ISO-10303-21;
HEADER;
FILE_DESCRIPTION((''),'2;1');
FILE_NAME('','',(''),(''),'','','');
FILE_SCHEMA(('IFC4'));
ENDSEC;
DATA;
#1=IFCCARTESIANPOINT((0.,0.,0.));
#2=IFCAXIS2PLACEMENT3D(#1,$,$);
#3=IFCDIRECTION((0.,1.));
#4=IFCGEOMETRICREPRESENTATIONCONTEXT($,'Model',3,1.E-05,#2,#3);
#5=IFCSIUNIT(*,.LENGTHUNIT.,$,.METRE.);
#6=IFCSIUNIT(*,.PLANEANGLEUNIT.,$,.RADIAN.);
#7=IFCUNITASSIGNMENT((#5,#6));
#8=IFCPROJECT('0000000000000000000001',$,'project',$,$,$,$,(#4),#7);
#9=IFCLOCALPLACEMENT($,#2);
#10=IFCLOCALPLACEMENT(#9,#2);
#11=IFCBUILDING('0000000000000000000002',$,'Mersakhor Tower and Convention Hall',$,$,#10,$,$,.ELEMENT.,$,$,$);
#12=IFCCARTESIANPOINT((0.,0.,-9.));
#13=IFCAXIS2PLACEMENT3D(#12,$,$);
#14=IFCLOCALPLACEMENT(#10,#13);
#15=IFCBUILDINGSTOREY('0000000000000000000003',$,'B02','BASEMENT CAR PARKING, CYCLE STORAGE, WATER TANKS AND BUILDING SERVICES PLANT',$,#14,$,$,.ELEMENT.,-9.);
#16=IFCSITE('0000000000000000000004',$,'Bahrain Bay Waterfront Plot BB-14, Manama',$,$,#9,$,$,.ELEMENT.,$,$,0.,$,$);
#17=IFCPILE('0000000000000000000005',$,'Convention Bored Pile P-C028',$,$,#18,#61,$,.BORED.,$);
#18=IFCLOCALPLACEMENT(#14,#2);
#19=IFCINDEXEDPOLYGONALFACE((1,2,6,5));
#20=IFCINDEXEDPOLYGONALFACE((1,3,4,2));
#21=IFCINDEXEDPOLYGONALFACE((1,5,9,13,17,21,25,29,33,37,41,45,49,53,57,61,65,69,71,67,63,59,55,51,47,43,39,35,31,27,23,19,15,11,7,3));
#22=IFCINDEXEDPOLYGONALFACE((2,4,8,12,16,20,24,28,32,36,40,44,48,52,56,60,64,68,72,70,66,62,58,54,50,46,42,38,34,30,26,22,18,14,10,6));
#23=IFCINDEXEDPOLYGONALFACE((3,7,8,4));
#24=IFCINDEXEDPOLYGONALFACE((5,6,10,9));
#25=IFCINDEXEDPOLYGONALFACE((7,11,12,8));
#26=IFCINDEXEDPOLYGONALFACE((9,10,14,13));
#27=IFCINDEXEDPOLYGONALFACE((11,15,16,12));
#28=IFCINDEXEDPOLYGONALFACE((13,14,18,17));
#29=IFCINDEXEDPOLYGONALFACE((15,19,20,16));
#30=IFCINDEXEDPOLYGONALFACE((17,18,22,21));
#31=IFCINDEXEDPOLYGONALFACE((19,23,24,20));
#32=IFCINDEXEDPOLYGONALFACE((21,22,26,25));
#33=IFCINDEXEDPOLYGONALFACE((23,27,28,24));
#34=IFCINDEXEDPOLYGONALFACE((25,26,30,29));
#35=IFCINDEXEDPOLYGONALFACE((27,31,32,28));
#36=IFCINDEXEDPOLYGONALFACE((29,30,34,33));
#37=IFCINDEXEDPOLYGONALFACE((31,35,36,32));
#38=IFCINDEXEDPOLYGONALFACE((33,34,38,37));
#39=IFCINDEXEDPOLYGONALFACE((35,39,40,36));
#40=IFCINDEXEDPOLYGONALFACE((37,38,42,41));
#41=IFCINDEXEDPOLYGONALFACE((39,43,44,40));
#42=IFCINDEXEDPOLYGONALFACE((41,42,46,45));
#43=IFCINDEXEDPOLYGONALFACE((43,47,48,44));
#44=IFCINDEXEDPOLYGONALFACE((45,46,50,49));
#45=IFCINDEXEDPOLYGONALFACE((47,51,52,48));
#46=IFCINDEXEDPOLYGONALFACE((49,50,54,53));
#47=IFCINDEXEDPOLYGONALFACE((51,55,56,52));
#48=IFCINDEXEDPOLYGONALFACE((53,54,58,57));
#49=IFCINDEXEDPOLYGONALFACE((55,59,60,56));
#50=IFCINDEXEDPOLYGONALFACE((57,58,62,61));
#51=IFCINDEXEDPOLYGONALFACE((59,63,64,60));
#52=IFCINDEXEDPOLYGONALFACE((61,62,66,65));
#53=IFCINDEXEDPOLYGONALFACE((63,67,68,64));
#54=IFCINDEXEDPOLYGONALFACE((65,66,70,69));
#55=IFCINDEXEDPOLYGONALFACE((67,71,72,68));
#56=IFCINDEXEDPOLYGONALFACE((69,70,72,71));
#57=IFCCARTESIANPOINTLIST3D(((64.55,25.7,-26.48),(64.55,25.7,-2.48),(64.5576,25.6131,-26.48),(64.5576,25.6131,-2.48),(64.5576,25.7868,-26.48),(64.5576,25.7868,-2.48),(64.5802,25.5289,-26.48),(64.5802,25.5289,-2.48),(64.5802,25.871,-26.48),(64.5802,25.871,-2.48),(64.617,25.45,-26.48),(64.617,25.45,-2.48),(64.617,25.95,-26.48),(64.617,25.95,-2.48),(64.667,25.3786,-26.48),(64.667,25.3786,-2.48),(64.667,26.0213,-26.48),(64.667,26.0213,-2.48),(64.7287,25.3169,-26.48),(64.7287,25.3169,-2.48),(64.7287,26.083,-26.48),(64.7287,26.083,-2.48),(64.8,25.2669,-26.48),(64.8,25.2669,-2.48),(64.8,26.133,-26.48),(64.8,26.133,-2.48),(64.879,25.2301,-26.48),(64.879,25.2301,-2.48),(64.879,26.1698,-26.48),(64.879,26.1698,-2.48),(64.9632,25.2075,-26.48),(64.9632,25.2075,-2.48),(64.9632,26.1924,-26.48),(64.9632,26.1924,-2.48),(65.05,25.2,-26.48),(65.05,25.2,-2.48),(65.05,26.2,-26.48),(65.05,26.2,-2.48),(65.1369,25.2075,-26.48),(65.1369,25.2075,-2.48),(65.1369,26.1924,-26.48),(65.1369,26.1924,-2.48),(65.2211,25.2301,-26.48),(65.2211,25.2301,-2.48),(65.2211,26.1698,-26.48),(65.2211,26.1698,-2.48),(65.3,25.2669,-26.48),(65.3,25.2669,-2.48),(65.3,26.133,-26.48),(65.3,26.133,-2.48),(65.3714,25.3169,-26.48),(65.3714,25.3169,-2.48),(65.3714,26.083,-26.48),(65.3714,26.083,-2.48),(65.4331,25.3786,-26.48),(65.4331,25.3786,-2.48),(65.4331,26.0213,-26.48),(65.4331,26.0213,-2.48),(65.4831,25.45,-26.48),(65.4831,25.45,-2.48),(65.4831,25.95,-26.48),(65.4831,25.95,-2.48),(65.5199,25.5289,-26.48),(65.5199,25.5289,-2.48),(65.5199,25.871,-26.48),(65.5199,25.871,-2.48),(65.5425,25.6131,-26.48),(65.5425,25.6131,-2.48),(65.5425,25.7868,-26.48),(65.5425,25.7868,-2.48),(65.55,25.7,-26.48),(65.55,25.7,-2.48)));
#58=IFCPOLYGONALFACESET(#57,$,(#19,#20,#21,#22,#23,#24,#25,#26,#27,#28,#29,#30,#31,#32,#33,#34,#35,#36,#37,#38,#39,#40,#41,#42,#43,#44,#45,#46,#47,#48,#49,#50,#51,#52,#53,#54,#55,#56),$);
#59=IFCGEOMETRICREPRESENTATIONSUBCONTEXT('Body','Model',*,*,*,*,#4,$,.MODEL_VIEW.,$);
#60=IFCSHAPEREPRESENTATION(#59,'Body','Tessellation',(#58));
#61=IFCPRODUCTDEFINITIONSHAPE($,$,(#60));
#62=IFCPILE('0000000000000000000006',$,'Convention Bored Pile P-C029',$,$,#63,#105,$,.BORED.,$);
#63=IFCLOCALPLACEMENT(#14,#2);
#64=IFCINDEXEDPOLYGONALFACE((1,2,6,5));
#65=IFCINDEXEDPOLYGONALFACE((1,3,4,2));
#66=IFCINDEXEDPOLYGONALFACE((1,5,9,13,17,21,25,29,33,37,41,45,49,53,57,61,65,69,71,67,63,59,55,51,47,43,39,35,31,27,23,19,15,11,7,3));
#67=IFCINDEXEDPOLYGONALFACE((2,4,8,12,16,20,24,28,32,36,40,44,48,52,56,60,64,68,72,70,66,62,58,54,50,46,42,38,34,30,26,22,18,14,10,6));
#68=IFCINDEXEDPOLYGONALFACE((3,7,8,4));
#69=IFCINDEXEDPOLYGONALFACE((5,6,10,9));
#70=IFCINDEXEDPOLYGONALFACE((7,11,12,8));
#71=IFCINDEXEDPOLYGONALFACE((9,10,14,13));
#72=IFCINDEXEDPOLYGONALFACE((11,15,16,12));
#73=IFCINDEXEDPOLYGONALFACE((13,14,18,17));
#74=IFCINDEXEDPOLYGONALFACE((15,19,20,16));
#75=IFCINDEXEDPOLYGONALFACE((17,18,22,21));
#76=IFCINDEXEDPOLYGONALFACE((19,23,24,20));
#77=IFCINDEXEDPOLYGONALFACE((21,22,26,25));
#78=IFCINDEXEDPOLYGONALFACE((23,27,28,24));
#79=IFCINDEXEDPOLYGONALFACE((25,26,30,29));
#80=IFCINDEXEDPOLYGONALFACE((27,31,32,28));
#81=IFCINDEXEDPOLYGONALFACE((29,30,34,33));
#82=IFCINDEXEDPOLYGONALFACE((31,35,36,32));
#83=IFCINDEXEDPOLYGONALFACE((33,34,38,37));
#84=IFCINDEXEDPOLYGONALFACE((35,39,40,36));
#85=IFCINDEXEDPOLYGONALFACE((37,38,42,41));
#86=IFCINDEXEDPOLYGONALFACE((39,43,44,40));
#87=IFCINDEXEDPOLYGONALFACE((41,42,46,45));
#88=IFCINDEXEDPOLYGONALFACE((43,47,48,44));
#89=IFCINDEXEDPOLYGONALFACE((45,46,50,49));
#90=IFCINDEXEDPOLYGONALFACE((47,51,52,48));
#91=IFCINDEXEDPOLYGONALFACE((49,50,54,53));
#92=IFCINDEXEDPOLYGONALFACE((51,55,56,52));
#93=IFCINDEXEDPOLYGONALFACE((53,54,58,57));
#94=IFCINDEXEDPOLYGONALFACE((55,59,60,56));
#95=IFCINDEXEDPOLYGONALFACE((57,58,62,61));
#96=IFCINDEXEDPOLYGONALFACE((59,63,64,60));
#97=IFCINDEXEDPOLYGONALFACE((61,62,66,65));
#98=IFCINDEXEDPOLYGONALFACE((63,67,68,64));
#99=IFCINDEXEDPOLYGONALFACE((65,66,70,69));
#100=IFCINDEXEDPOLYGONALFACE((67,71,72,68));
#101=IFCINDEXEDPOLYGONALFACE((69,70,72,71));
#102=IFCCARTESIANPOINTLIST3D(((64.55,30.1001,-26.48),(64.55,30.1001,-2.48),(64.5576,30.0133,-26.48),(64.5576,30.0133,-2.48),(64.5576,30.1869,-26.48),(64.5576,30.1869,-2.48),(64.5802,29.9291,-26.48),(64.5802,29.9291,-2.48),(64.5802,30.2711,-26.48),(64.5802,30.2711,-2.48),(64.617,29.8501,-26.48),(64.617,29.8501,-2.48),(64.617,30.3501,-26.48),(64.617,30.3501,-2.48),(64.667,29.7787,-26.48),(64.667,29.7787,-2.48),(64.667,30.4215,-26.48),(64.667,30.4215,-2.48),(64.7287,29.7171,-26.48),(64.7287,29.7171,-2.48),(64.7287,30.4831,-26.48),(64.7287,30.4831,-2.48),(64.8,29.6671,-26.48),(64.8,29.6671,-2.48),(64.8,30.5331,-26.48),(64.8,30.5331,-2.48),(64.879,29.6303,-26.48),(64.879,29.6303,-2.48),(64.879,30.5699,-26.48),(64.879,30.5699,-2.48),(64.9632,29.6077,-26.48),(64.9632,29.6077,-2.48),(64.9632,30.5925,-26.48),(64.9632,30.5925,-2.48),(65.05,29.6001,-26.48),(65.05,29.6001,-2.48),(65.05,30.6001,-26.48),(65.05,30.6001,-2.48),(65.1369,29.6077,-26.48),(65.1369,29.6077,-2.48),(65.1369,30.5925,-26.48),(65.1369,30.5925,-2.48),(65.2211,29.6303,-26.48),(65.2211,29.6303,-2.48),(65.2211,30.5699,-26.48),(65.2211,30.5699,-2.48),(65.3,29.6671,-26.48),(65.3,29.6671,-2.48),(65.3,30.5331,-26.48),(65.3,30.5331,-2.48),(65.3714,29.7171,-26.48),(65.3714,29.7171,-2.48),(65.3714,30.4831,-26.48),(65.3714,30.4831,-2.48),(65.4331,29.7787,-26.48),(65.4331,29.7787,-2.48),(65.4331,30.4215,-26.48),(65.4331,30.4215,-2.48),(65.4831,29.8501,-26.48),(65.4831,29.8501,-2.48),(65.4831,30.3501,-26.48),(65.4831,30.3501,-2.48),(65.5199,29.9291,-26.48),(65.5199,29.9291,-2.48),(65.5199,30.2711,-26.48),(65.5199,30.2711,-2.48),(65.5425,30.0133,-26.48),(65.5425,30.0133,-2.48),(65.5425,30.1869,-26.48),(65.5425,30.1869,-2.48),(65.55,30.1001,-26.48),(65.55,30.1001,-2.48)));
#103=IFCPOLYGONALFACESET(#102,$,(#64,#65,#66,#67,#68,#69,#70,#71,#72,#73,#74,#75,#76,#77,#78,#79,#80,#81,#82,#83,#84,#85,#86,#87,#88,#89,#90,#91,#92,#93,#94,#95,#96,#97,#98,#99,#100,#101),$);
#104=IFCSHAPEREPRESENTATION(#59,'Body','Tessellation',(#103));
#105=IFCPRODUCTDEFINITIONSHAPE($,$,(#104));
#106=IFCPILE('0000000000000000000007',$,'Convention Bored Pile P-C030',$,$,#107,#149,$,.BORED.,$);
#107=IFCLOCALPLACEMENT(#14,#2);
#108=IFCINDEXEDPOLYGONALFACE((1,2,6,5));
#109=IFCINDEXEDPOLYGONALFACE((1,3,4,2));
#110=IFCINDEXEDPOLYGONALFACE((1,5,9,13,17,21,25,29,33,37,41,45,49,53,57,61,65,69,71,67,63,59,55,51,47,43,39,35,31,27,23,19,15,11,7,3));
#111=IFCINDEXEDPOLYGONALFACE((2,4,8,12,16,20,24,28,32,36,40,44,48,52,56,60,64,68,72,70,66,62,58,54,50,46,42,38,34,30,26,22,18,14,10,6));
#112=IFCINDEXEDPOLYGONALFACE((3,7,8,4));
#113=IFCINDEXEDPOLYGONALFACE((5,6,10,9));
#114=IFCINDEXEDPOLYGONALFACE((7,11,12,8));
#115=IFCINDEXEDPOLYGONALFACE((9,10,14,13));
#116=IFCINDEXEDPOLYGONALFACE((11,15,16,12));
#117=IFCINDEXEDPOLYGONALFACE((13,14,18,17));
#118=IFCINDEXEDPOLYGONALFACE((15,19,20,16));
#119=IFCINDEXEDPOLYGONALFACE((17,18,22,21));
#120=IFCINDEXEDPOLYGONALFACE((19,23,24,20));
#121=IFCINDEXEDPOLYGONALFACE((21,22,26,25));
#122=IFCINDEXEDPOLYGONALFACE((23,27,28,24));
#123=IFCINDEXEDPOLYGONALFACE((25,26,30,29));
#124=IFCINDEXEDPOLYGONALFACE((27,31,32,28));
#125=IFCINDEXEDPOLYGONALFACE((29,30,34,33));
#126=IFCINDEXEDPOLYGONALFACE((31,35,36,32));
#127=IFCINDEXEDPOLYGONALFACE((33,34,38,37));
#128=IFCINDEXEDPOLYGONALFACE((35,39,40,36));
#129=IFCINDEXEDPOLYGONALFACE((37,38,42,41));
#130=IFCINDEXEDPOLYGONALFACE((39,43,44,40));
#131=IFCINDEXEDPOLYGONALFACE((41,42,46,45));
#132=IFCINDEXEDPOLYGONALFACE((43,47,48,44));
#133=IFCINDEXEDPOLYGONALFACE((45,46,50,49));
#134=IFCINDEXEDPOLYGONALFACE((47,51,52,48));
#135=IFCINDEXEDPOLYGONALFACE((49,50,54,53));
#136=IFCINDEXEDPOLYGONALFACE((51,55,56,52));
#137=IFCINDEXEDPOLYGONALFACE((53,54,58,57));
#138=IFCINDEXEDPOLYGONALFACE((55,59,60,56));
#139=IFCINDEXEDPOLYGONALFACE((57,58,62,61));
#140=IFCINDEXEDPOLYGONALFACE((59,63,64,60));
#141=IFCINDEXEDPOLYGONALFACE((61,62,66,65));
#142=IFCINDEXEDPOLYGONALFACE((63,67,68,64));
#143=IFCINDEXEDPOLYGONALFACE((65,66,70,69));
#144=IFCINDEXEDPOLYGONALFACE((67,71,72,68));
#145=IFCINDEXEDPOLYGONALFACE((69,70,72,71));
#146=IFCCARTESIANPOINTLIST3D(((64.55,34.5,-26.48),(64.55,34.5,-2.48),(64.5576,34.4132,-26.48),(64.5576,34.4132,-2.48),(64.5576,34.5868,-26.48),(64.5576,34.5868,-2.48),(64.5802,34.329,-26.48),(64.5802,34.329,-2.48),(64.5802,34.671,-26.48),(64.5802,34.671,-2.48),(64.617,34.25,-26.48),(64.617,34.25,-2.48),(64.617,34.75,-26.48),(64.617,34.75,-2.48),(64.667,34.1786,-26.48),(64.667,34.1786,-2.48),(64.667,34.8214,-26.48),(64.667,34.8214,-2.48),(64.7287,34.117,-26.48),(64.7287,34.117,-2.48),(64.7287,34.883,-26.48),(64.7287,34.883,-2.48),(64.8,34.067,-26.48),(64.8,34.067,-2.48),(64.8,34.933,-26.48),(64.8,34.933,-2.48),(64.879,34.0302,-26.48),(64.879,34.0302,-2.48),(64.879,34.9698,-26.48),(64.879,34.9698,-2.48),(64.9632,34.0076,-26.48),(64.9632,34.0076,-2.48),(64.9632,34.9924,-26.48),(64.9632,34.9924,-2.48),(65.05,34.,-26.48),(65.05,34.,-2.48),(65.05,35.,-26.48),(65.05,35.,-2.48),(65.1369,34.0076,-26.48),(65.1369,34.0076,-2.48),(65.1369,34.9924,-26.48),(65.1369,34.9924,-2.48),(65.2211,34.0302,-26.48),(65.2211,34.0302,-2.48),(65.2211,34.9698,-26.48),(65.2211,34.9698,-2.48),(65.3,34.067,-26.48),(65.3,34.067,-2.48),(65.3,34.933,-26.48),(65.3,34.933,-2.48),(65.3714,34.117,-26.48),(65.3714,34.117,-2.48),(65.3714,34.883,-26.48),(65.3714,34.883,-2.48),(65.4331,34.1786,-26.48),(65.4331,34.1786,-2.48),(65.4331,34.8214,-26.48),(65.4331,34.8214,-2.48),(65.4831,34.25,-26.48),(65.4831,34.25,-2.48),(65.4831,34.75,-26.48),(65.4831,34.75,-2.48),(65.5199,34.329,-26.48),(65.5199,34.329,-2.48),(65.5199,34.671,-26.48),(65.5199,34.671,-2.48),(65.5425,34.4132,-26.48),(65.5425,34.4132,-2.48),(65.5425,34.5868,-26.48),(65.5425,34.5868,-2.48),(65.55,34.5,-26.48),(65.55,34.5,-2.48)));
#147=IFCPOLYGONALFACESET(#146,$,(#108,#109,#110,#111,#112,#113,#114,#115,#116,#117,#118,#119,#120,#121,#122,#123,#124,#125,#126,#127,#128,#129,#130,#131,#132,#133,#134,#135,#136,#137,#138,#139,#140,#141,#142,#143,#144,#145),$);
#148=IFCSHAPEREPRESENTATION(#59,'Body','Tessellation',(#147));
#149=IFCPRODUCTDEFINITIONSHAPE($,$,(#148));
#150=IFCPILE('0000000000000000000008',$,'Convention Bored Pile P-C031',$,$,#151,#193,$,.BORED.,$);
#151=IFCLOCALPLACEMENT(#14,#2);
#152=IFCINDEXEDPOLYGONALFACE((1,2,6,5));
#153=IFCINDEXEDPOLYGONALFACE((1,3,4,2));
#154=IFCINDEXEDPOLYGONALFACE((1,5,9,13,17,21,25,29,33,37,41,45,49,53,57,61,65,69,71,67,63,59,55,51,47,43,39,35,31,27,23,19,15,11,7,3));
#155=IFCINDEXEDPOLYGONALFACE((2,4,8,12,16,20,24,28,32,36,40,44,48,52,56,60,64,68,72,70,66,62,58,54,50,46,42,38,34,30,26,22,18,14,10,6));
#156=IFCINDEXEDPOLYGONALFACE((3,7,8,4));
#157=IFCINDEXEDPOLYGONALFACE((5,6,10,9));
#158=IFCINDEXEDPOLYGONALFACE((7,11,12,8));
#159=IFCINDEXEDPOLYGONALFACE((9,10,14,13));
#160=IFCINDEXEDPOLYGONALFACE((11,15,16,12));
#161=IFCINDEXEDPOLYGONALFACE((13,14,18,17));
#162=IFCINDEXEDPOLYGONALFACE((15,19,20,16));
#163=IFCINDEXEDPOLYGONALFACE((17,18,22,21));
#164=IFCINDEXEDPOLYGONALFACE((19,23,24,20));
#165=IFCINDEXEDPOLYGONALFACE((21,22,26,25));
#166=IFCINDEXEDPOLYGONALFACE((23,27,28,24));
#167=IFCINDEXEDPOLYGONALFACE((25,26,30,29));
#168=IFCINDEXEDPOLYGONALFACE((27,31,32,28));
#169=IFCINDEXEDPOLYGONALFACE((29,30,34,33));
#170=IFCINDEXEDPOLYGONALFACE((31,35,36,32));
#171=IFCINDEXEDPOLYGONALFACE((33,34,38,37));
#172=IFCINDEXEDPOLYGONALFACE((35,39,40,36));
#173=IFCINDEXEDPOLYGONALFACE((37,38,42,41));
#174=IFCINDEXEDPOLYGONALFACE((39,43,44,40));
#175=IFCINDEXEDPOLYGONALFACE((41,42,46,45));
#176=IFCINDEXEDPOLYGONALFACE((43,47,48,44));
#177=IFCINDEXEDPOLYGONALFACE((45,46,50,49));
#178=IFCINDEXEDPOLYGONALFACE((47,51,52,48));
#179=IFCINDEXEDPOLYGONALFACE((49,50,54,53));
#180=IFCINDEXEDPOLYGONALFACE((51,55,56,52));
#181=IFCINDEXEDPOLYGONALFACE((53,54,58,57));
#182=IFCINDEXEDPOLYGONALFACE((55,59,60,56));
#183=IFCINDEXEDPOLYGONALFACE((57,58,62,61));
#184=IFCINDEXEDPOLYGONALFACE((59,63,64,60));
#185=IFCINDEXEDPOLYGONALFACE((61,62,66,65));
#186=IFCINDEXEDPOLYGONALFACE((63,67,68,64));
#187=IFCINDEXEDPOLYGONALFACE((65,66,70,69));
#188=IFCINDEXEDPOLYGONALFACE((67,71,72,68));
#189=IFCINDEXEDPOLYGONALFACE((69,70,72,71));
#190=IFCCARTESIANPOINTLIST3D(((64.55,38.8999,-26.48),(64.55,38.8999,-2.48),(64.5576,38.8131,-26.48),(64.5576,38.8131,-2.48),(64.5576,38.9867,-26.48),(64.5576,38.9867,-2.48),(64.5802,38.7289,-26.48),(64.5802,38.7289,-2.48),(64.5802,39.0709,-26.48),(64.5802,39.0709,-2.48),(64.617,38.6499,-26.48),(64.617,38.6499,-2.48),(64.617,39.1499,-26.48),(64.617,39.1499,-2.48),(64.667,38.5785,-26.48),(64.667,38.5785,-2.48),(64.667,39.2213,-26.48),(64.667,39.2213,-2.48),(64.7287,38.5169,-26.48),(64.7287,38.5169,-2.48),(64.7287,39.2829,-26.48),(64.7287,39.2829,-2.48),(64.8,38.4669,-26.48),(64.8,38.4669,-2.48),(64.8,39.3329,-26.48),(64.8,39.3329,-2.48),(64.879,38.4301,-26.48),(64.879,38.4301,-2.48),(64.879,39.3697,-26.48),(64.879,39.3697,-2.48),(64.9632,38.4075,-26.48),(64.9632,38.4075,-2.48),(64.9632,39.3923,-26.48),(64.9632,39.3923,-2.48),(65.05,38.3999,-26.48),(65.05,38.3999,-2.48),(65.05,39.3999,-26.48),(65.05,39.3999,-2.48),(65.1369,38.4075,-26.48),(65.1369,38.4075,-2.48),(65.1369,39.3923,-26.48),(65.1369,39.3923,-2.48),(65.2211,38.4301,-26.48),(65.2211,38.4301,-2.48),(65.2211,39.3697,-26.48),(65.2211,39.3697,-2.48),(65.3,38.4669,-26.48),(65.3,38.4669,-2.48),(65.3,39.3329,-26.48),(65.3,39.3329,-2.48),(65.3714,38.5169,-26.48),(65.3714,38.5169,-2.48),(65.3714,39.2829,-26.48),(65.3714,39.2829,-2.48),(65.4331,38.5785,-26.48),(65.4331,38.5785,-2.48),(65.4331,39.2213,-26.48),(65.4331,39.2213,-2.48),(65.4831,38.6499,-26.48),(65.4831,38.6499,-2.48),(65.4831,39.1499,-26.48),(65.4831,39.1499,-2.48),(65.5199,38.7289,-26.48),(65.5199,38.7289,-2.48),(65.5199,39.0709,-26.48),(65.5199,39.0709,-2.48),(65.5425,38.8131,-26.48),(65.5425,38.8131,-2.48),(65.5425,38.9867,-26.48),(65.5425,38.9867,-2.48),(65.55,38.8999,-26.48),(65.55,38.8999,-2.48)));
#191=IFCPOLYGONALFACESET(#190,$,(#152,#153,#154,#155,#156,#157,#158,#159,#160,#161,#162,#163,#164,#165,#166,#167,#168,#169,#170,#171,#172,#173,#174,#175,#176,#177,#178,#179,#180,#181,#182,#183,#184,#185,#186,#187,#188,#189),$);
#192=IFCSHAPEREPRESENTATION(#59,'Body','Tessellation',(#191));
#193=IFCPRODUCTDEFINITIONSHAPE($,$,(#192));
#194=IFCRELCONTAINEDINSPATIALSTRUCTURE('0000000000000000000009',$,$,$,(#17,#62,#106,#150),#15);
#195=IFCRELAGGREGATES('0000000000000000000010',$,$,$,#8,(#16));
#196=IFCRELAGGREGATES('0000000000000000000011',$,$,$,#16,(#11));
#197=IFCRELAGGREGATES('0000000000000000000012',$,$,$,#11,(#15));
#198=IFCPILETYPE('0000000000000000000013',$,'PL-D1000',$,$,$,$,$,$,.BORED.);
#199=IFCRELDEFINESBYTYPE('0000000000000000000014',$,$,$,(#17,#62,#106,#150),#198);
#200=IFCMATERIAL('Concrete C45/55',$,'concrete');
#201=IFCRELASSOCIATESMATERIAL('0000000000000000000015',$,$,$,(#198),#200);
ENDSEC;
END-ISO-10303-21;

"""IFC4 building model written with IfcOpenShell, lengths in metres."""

from ifc_helpers import new_model, si_unit, direction, frame, origin, origin_2d, place, context, subcontext, project, spatial, circle, extrude, material, material_profile, profile_set, type_object, element, save


model = new_model("IFC4")

# Units and contexts
model_context = context("Model", 3, precision=1e-05, world=origin(), true_north=direction((0.0, 1.0)))
body_context = subcontext(model_context, "Body", "Model", "MODEL_VIEW")
ifc_project = project(units=[si_unit("LENGTHUNIT", "METRE"), si_unit("PLANEANGLEUNIT", "RADIAN")], contexts=[model_context])

# Site, building, storey
site_placement = place(None, origin())
site = spatial("IfcSite", under=ifc_project, at=site_placement, Name="Bahrain Bay Waterfront Plot BB-14, Manama", CompositionType="ELEMENT", RefElevation=0.0)
building_placement = place(site_placement, origin())
building = spatial("IfcBuilding", under=site, at=building_placement, Name="Mersakhor Tower and Convention Hall", CompositionType="ELEMENT")
storey_placement = place(building_placement, frame((0.0, 0.0, -9.0)))
storey = spatial("IfcBuildingStorey", under=building, at=storey_placement, Name="B02", Description="BASEMENT CAR PARKING, CYCLE STORAGE, WATER TANKS AND BUILDING SERVICES PLANT", CompositionType="ELEMENT", Elevation=-9.0)

# Piles
ifc_material_1 = material(Name="Concrete C45/55", Category="concrete")
ifc_material_profile_1 = material_profile(ifc_material_1, circle(Radius=0.5, at=origin_2d()), Name="PILE D1000")
ifc_profile_set_1 = profile_set([ifc_material_profile_1], Name="Concrete C45/55")
pile_type = type_object("IfcPileType", Name="PL-D1000", PredefinedType="BORED", material=ifc_profile_set_1)
for number, where, z_axis, x_axis, name in (
    (1, (65.05, 25.7, -2.48), (0.0, 0.0, -1.0), (1.0, 0.0, 0.0), "Convention Bored Pile P-C028"),
    (2, (65.05, 30.1001, -2.48), (0.0, 0.0, -1.0), (1.0, 0.0, 0.0), "Convention Bored Pile P-C029"),
    (3, (65.05, 34.5, -2.48), (0.0, 0.0, -1.0), (1.0, 0.0, 0.0), "Convention Bored Pile P-C030"),
    (4, (65.05, 38.8999, -2.48), (0.0, 0.0, -1.0), (1.0, 0.0, 0.0), "Convention Bored Pile P-C031"),
):
    element("IfcPile", number, at=place(storey_placement, frame(where, z_axis=z_axis, x_axis=x_axis)), inside=storey, type_object=pile_type, Name=name, PredefinedType="BORED", context=body_context, shape_type="SweptSolid", body=[
        extrude(circle(Radius=0.5, at=origin_2d()), origin(), (0.0, 0.0, 1.0), 24.0),
    ])

save(model, "model.ifc")
